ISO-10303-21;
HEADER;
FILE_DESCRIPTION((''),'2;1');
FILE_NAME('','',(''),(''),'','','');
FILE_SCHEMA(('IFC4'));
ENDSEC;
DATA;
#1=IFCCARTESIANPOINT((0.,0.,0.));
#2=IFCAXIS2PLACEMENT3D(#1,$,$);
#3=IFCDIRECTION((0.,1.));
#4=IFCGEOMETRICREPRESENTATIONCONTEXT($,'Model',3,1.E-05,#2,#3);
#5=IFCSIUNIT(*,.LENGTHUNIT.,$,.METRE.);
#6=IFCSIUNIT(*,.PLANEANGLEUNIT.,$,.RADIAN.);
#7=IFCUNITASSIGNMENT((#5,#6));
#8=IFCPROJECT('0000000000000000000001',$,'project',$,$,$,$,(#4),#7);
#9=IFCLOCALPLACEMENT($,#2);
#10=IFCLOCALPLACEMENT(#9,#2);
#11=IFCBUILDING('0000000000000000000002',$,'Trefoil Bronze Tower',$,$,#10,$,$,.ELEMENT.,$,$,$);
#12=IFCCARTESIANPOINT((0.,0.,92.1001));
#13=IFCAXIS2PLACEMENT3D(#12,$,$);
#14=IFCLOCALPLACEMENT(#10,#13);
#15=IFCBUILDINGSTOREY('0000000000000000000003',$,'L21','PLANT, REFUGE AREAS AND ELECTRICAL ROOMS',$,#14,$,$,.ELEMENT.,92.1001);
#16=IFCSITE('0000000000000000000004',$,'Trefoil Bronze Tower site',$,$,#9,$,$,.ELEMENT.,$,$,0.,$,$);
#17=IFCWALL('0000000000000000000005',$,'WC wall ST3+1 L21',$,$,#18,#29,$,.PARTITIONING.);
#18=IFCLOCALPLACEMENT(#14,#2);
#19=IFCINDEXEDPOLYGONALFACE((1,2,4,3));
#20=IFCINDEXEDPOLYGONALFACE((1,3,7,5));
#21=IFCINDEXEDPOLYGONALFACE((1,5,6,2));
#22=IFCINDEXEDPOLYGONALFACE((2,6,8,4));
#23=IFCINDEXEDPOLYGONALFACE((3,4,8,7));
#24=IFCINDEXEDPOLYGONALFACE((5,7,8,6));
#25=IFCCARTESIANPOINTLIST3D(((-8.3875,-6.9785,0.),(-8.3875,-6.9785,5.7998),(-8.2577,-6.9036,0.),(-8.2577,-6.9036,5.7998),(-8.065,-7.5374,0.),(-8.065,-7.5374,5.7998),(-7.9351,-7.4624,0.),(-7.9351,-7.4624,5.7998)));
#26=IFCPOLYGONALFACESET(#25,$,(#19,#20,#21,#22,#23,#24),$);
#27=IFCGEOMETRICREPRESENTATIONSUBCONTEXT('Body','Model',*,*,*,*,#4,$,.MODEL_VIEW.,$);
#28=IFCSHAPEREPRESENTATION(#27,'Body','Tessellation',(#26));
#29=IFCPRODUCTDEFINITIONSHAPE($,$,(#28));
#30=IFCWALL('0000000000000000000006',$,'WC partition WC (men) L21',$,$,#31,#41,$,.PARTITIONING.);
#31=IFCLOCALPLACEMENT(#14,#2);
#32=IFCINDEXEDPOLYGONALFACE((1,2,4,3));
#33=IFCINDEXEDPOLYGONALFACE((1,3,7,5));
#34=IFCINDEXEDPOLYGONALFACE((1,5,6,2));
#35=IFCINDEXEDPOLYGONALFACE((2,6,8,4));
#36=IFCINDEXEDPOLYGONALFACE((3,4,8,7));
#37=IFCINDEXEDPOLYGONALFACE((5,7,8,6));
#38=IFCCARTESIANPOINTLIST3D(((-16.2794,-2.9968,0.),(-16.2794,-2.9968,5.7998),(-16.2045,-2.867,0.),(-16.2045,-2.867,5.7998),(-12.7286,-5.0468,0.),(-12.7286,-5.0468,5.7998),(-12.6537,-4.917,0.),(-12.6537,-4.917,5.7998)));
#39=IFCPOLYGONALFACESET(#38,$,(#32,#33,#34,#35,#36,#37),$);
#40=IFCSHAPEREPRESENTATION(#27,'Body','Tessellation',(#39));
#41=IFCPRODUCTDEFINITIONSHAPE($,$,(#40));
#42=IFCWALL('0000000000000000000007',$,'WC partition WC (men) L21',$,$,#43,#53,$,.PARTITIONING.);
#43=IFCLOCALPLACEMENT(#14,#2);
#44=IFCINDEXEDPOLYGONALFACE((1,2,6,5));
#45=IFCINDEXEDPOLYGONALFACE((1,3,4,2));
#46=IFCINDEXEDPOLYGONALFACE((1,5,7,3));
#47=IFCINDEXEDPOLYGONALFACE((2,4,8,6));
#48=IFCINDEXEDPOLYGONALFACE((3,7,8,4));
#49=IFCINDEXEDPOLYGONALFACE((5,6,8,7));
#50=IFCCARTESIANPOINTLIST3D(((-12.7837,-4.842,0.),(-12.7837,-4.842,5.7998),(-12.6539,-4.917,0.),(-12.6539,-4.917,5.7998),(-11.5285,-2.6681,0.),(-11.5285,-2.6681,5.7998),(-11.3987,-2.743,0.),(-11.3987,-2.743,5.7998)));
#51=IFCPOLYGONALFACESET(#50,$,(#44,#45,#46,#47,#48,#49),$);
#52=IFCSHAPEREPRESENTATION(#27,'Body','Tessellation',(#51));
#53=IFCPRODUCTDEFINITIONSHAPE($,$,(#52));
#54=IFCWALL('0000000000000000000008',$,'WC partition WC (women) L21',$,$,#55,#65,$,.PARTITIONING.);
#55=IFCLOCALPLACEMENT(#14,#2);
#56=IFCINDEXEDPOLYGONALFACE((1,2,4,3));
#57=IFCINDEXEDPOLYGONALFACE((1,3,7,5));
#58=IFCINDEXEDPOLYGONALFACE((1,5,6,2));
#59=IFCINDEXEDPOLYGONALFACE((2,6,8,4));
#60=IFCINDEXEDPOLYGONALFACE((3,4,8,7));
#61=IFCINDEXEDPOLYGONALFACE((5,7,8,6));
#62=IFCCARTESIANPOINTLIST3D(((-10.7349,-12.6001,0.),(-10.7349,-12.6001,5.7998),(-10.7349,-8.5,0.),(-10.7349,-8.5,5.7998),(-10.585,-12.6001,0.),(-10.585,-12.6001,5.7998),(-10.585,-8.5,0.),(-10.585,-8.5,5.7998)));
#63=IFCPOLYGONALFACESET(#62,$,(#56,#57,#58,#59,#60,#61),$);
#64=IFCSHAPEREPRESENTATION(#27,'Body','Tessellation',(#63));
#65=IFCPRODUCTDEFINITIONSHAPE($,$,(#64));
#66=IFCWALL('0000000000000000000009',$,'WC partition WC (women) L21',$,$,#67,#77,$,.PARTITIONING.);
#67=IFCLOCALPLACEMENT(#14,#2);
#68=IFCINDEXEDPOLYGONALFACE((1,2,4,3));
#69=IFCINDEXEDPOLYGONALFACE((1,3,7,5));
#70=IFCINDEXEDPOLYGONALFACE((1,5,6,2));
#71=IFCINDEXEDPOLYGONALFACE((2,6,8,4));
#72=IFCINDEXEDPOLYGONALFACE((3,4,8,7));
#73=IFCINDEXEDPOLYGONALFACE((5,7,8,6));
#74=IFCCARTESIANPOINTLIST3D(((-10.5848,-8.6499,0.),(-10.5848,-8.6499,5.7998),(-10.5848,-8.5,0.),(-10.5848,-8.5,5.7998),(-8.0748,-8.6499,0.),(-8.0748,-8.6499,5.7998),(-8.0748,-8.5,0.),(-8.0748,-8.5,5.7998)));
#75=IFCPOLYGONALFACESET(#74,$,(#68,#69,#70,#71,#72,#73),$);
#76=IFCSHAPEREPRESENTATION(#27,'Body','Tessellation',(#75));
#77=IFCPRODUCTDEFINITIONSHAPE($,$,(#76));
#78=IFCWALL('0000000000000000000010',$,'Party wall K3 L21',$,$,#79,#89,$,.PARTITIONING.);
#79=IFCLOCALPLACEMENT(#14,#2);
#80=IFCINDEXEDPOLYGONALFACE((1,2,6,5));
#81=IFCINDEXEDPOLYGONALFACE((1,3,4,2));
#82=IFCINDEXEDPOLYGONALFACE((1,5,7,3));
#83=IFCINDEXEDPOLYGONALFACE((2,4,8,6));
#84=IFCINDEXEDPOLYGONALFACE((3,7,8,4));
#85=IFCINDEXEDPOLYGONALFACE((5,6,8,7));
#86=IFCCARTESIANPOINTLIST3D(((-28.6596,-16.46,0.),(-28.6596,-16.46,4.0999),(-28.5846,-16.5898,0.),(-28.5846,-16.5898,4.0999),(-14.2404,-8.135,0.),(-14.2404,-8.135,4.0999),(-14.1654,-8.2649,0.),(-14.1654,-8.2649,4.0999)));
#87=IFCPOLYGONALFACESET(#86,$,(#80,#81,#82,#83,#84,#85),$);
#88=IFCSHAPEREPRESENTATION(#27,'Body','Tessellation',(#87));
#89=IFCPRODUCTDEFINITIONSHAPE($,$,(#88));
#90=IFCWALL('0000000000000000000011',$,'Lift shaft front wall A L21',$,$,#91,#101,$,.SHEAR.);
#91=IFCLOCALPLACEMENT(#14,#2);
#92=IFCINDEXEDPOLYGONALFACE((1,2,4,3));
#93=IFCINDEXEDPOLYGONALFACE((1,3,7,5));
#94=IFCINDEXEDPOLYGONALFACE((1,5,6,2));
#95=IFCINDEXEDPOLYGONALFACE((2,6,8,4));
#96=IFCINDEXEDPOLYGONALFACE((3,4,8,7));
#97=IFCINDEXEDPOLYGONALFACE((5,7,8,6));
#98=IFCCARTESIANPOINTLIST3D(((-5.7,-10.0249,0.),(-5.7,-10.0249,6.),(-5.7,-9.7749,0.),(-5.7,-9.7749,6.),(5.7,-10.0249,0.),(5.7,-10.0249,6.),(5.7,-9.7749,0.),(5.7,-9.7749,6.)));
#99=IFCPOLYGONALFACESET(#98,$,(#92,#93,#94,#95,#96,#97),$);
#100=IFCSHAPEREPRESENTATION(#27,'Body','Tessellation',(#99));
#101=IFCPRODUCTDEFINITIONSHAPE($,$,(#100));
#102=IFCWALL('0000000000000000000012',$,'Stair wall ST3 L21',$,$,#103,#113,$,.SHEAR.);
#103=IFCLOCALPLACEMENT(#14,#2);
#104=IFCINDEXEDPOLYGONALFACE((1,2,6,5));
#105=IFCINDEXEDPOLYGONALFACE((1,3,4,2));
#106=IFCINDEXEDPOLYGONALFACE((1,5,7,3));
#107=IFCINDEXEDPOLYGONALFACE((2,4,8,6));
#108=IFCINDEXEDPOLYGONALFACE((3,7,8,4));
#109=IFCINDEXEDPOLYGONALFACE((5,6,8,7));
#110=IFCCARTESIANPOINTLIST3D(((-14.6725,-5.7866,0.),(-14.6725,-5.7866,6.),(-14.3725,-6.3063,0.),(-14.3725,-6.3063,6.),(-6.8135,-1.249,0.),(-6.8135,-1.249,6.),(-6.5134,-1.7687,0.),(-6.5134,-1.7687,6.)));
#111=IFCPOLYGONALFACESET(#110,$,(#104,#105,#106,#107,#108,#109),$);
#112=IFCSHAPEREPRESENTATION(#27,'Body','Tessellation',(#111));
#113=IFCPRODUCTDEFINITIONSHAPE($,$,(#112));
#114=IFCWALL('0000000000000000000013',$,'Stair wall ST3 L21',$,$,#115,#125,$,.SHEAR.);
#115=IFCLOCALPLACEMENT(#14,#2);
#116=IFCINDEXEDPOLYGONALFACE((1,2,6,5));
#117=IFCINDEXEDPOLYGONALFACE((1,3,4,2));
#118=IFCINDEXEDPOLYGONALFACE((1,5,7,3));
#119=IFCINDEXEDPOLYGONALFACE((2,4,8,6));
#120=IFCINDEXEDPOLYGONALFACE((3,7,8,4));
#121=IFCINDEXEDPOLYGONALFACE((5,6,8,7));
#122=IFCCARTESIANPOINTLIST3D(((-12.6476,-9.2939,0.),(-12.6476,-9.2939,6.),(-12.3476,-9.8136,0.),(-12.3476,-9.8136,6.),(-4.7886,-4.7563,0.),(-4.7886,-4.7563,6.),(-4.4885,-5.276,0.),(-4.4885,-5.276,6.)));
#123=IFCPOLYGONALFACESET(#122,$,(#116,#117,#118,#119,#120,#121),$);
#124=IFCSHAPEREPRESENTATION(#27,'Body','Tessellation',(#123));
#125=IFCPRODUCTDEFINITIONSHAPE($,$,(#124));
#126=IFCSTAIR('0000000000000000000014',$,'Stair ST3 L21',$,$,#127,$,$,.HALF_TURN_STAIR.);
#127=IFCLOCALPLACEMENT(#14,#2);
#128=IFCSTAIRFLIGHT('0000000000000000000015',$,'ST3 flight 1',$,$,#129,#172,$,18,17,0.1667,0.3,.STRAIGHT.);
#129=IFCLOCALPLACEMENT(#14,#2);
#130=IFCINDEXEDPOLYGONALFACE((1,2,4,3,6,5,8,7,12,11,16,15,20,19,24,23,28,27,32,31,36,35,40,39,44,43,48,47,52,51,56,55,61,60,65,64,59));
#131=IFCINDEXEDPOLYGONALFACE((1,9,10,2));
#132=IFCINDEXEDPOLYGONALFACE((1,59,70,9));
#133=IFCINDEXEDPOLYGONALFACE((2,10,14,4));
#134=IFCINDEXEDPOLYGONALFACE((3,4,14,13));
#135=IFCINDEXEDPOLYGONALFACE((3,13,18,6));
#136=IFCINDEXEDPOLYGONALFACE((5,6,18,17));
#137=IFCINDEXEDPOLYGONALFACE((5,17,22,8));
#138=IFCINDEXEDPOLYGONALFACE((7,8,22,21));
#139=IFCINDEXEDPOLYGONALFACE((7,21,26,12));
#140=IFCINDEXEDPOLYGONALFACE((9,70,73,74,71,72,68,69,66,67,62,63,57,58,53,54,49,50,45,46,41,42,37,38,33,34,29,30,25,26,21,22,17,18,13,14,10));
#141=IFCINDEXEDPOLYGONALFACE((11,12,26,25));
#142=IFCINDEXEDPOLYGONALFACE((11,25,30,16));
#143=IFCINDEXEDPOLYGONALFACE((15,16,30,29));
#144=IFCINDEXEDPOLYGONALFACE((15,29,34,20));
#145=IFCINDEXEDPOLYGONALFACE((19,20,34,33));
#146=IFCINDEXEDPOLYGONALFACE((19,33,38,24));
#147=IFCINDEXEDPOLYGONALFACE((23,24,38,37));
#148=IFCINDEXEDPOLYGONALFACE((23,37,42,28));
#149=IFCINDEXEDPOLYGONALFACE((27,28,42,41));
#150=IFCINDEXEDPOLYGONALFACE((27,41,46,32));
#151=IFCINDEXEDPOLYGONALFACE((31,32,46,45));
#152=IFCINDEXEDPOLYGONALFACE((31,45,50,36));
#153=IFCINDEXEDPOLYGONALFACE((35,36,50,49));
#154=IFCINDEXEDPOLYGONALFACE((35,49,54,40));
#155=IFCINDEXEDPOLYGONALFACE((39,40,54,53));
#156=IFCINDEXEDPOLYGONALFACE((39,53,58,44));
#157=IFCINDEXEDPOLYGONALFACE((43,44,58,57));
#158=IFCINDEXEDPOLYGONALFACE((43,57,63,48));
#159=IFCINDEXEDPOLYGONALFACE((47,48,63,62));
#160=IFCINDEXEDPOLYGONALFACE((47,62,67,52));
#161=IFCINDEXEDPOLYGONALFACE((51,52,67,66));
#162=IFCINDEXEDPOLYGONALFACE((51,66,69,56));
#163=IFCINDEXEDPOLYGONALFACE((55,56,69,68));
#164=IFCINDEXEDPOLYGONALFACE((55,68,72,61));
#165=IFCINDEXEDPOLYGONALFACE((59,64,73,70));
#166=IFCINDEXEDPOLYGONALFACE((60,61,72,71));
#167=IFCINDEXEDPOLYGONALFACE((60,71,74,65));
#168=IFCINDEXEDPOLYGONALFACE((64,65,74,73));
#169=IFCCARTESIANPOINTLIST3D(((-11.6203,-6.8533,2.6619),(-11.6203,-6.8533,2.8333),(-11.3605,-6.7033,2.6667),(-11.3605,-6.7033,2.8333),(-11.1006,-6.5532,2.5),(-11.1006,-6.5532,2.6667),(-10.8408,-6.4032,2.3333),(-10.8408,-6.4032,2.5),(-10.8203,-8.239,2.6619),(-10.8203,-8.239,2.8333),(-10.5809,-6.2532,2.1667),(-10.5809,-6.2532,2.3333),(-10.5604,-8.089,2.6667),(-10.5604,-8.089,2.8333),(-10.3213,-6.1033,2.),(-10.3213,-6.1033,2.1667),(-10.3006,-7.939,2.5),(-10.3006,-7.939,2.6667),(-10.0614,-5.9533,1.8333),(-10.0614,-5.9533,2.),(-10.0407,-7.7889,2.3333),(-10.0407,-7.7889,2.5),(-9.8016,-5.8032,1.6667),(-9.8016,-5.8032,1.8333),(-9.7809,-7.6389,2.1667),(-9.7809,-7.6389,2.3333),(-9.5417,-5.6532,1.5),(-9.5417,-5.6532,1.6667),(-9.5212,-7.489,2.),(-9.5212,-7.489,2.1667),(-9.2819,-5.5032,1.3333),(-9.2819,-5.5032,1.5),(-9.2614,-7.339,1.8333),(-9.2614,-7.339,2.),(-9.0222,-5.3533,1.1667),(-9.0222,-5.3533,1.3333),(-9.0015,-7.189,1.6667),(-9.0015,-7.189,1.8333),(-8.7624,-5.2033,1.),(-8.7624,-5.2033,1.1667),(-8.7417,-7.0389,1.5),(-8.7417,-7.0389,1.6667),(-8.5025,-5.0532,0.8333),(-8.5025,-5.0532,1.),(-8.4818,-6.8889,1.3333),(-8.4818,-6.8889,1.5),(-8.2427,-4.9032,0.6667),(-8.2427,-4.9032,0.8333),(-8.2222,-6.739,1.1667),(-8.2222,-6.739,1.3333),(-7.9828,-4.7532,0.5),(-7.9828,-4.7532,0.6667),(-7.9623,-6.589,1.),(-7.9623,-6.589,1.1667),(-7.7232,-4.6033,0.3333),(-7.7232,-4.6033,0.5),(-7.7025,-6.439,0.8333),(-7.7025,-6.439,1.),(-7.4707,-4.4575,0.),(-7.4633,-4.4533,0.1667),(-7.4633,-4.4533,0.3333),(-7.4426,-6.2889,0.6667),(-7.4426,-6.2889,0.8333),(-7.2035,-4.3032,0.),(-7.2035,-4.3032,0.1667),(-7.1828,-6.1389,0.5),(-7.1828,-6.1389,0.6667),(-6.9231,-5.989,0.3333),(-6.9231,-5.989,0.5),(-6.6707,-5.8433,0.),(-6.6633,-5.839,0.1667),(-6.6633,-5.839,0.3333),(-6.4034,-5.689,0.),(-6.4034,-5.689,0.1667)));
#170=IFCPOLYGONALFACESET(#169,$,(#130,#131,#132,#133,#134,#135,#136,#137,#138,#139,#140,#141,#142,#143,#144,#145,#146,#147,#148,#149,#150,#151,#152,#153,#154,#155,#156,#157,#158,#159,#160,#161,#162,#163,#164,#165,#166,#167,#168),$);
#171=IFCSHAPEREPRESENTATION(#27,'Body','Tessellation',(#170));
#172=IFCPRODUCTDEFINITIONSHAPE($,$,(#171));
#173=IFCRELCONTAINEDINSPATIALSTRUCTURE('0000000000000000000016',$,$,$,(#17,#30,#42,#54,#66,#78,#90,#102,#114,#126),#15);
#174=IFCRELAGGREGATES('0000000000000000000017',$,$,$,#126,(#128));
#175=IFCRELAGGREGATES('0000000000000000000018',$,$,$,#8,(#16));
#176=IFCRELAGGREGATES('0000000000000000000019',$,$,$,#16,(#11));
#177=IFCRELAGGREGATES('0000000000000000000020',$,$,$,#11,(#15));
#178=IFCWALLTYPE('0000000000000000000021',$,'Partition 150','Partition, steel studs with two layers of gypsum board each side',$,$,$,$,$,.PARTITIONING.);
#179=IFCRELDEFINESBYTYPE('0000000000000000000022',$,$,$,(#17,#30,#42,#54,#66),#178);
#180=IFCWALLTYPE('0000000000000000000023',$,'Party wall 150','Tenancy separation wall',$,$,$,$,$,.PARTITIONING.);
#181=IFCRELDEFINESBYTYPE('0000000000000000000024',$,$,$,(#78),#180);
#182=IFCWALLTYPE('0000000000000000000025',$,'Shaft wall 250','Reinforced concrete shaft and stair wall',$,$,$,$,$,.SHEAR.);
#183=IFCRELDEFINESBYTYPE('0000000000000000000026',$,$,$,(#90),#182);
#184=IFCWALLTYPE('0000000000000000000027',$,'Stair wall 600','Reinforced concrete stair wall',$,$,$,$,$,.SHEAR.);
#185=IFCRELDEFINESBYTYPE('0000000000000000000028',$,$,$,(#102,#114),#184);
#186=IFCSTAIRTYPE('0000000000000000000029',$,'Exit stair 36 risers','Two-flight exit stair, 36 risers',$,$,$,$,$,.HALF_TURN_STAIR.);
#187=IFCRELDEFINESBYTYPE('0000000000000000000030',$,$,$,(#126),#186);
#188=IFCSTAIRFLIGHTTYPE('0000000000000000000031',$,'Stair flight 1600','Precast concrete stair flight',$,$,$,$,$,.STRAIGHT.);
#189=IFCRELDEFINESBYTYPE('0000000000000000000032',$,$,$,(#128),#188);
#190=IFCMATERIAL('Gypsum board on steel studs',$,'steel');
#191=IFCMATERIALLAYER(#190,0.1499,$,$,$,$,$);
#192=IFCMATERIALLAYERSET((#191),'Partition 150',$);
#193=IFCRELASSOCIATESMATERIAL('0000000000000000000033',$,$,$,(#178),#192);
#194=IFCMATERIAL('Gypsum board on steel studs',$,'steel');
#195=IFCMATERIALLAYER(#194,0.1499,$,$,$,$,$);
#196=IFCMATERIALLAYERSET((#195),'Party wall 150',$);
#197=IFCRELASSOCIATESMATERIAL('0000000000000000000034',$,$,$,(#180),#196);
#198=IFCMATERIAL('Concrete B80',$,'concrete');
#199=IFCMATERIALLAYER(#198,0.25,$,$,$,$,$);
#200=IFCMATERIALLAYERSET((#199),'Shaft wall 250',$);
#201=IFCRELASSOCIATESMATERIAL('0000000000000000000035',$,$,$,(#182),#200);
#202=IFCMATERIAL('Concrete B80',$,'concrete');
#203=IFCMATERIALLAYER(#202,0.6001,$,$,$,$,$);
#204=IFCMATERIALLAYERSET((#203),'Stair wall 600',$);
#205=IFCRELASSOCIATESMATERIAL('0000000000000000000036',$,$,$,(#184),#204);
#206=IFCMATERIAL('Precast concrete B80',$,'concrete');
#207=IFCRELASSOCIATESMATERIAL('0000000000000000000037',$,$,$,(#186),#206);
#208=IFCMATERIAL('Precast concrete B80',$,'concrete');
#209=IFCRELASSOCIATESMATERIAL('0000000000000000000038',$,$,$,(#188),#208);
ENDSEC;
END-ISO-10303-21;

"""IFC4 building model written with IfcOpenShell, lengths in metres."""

from ifc_helpers import new_model, si_unit, direction, frame, frame_2d, origin, place, context, subcontext, project, spatial, polyline, rectangle, outline, extrude, material, layer, layer_set, type_object, element, aggregate, save


model = new_model("IFC4")

# Units and contexts
model_context = context("Model", 3, precision=1e-05, world=origin(), true_north=direction((0.0, 1.0)))
body_context = subcontext(model_context, "Body", "Model", "MODEL_VIEW")
ifc_project = project(units=[si_unit("LENGTHUNIT", "METRE"), si_unit("PLANEANGLEUNIT", "RADIAN")], contexts=[model_context])

# Site, building, storey
site_placement = place(None, origin())
site = spatial("IfcSite", under=ifc_project, at=site_placement, Name="Trefoil Bronze Tower site", CompositionType="ELEMENT", RefElevation=0.0)
building_placement = place(site_placement, origin())
building = spatial("IfcBuilding", under=site, at=building_placement, Name="Trefoil Bronze Tower", CompositionType="ELEMENT")
storey_placement = place(building_placement, frame((0.0, 0.0, 92.1001)))
storey = spatial("IfcBuildingStorey", under=building, at=storey_placement, Name="L21", Description="PLANT, REFUGE AREAS AND ELECTRICAL ROOMS", CompositionType="ELEMENT", Elevation=92.1001)

# Shared definitions
ifc_material_1 = material(Name="Gypsum board on steel studs", Category="steel")
ifc_layer_1 = layer(ifc_material_1, 0.1499)
ifc_layer_set_1 = layer_set([ifc_layer_1], Name="Partition 150")
wall_type_1 = type_object("IfcWallType", Name="Partition 150", Description="Partition, steel studs with two layers of gypsum board each side", PredefinedType="PARTITIONING", material=ifc_layer_set_1)

# Walls
for number, where, z_axis, x_axis, name in (
    (1, (-8.0, -7.5, 0.0), (0.0, 0.0, 1.0), (-0.499843, 0.866116, 0.0), "WC wall ST3+1 L21"),
):
    element("IfcWall", number, at=place(storey_placement, frame(where, z_axis=z_axis, x_axis=x_axis)), inside=storey, type_object=wall_type_1, Name=name, PredefinedType="PARTITIONING", context=body_context, shape_type="SweptSolid", body=[
        extrude(rectangle(XDim=0.6453, YDim=0.1499, at=frame_2d((0.3228, 0.0))), origin(), (0.0, 0.0, 1.0), 5.7998),
    ])
wall_1_placement = place(storey_placement, frame((-12.6912, -4.9819, 0.0), z_axis=(0.0, 0.0, 1.0), x_axis=(-0.866025, 0.500001, 0.0)))
element("IfcWall", 2, at=wall_1_placement, inside=storey, type_object=wall_type_1, Name="WC partition WC (men) L21", PredefinedType="PARTITIONING", context=body_context, shape_type="SweptSolid", body=[
    extrude(rectangle(XDim=4.1001, YDim=0.1499, at=frame_2d((2.05, 0.0))), origin(), (0.0, 0.0, 1.0), 5.7998),
])
wall_2_placement = place(storey_placement, frame((-11.4636, -2.7056, 0.0), z_axis=(0.0, 0.0, 1.0), x_axis=(-0.50002, -0.866014, 0.0)))
element("IfcWall", 3, at=wall_2_placement, inside=storey, type_object=wall_type_1, Name="WC partition WC (men) L21", PredefinedType="PARTITIONING", context=body_context, shape_type="SweptSolid", body=[
    extrude(rectangle(XDim=2.5103, YDim=0.1499, at=frame_2d((1.2551, 0.0))), origin(), (0.0, 0.0, 1.0), 5.7998),
])
wall_3_placement = place(storey_placement, frame((-10.6599, -8.5, 0.0), z_axis=(0.0, 0.0, 1.0), x_axis=(0.0, -1.0, 0.0)))
element("IfcWall", 4, at=wall_3_placement, inside=storey, type_object=wall_type_1, Name="WC partition WC (women) L21", PredefinedType="PARTITIONING", context=body_context, shape_type="SweptSolid", body=[
    extrude(rectangle(XDim=4.1001, YDim=0.1499, at=frame_2d((2.05, 0.0))), origin(), (0.0, 0.0, 1.0), 5.7998),
])
wall_4_placement = place(storey_placement, frame((-8.075, -8.575, 0.0), z_axis=(0.0, 0.0, 1.0), x_axis=(-1.0, 0.0, 0.0)))
element("IfcWall", 5, at=wall_4_placement, inside=storey, type_object=wall_type_1, Name="WC partition WC (women) L21", PredefinedType="PARTITIONING", context=body_context, shape_type="SweptSolid", body=[
    extrude(rectangle(XDim=2.51, YDim=0.1499, at=frame_2d((1.2549, 0.0))), origin(), (0.0, 0.0, 1.0), 5.7998),
])
ifc_material_2 = material(Name="Gypsum board on steel studs", Category="steel")
ifc_layer_2 = layer(ifc_material_2, 0.1499)
ifc_layer_set_2 = layer_set([ifc_layer_2], Name="Party wall 150")
wall_type_2 = type_object("IfcWallType", Name="Party wall 150", Description="Tenancy separation wall", PredefinedType="PARTITIONING", material=ifc_layer_set_2)
wall_5_placement = place(storey_placement, frame((-14.2029, -8.2, 0.0), z_axis=(0.0, 0.0, 1.0), x_axis=(-0.866025, -0.500001, 0.0)))
element("IfcWall", 6, at=wall_5_placement, inside=storey, type_object=wall_type_2, Name="Party wall K3 L21", PredefinedType="PARTITIONING", context=body_context, shape_type="SweptSolid", body=[
    extrude(rectangle(XDim=16.6499, YDim=0.1499, at=frame_2d((8.325, 0.0))), origin(), (0.0, 0.0, 1.0), 4.0999),
])
ifc_material_3 = material(Name="Concrete B80", Category="concrete")
ifc_layer_3 = layer(ifc_material_3, 0.25)
ifc_layer_set_3 = layer_set([ifc_layer_3], Name="Shaft wall 250")
wall_type_3 = type_object("IfcWallType", Name="Shaft wall 250", Description="Reinforced concrete shaft and stair wall", PredefinedType="SHEAR", material=ifc_layer_set_3)
wall_6_placement = place(storey_placement, frame((-5.7, -9.8999, 0.0), z_axis=(0.0, 0.0, 1.0), x_axis=(1.0, 0.0, 0.0)))
element("IfcWall", 7, at=wall_6_placement, inside=storey, type_object=wall_type_3, Name="Lift shaft front wall A L21", PredefinedType="SHEAR", context=body_context, shape_type="SweptSolid", body=[
    extrude(rectangle(XDim=11.3999, YDim=0.25, at=frame_2d((5.7, 0.0))), origin(), (0.0, 0.0, 1.0), 6.0),
])
ifc_material_4 = material(Name="Concrete B80", Category="concrete")
ifc_layer_4 = layer(ifc_material_4, 0.6001)
ifc_layer_set_4 = layer_set([ifc_layer_4], Name="Stair wall 600")
wall_type_4 = type_object("IfcWallType", Name="Stair wall 600", Description="Reinforced concrete stair wall", PredefinedType="SHEAR", material=ifc_layer_set_4)
for number, where, z_axis, x_axis, name in (
    (8, (-6.6633, -1.5088, 0.0), (0.0, 0.0, 1.0), (-0.866019, -0.50001, 0.0), "Stair wall ST3 L21"),
    (9, (-4.6384, -5.0161, 0.0), (0.0, 0.0, 1.0), (-0.866019, -0.50001, 0.0), "Stair wall ST3 L21"),
):
    element("IfcWall", number, at=place(storey_placement, frame(where, z_axis=z_axis, x_axis=x_axis)), inside=storey, type_object=wall_type_4, Name=name, PredefinedType="SHEAR", context=body_context, shape_type="SweptSolid", body=[
        extrude(rectangle(XDim=9.075, YDim=0.6001, at=frame_2d((4.5376, 0.0))), origin(), (0.0, 0.0, 1.0), 6.0),
    ])

# Stair, stair flight
ifc_material_5 = material(Name="Precast concrete B80", Category="concrete")
stair_type = type_object("IfcStairType", Name="Exit stair 36 risers", Description="Two-flight exit stair, 36 risers", PredefinedType="HALF_TURN_STAIR", material=ifc_material_5)
stair_placement = place(storey_placement, origin())
stair = element("IfcStair", 10, at=stair_placement, inside=storey, type_object=stair_type, Name="Stair ST3 L21", PredefinedType="HALF_TURN_STAIR")
ifc_material_6 = material(Name="Precast concrete B80", Category="concrete")
stair_flight_type = type_object("IfcStairFlightType", Name="Stair flight 1600", Description="Precast concrete stair flight", PredefinedType="STRAIGHT", material=ifc_material_6)
stair_flight_1_placement = place(storey_placement, frame((-6.8035, -4.9961, 0.0), z_axis=(0.0, 0.0, 1.0), x_axis=(-0.866025, -0.5, 0.0)))
stair_flight_1 = element("IfcStairFlight", 11, at=stair_flight_1_placement, type_object=stair_flight_type, Name="ST3 flight 1", NumberOfRisers=18, NumberOfTreads=17, PredefinedType="STRAIGHT", RiserHeight=0.1667, TreadLength=0.3, context=body_context, shape_type="SweptSolid", body=[
    extrude(outline(polyline([(0.0, 0.0), (0.0, 0.1667), (0.3, 0.1667), (0.3, 0.3333), (0.6001, 0.3333), (0.6001, 0.5), (0.8999, 0.5), (0.8999, 0.6667), (1.2, 0.6667), (1.2, 0.8333), (1.5, 0.8333), (1.5, 1.0), (1.8, 1.0), (1.8, 1.1667), (2.1001, 1.1667), (2.1001, 1.3333), (2.3999, 1.3333), (2.3999, 1.5), (2.7, 1.5), (2.7, 1.6667), (3.0, 1.6667), (3.0, 1.8333), (3.3, 1.8333), (3.3, 2.0), (3.6001, 2.0), (3.6001, 2.1667), (3.8999, 2.1667), (3.8999, 2.3333), (4.2, 2.3333), (4.2, 2.5), (4.5, 2.5), (4.5, 2.6667), (4.8, 2.6667), (4.8, 2.8333), (5.1001, 2.8333), (5.1001, 3.0), (5.1001, 2.6619), (0.3086, 0.0), (0.0, 0.0)])), frame((0.0, 0.8, 0.0), z_axis=(0.0, -1.0, 0.0), x_axis=(1.0, 0.0, 0.0)), (0.0, 0.0, 1.0), 1.6001),
])
aggregate(stair, [stair_flight_1])

save(model, "model.ifc")
